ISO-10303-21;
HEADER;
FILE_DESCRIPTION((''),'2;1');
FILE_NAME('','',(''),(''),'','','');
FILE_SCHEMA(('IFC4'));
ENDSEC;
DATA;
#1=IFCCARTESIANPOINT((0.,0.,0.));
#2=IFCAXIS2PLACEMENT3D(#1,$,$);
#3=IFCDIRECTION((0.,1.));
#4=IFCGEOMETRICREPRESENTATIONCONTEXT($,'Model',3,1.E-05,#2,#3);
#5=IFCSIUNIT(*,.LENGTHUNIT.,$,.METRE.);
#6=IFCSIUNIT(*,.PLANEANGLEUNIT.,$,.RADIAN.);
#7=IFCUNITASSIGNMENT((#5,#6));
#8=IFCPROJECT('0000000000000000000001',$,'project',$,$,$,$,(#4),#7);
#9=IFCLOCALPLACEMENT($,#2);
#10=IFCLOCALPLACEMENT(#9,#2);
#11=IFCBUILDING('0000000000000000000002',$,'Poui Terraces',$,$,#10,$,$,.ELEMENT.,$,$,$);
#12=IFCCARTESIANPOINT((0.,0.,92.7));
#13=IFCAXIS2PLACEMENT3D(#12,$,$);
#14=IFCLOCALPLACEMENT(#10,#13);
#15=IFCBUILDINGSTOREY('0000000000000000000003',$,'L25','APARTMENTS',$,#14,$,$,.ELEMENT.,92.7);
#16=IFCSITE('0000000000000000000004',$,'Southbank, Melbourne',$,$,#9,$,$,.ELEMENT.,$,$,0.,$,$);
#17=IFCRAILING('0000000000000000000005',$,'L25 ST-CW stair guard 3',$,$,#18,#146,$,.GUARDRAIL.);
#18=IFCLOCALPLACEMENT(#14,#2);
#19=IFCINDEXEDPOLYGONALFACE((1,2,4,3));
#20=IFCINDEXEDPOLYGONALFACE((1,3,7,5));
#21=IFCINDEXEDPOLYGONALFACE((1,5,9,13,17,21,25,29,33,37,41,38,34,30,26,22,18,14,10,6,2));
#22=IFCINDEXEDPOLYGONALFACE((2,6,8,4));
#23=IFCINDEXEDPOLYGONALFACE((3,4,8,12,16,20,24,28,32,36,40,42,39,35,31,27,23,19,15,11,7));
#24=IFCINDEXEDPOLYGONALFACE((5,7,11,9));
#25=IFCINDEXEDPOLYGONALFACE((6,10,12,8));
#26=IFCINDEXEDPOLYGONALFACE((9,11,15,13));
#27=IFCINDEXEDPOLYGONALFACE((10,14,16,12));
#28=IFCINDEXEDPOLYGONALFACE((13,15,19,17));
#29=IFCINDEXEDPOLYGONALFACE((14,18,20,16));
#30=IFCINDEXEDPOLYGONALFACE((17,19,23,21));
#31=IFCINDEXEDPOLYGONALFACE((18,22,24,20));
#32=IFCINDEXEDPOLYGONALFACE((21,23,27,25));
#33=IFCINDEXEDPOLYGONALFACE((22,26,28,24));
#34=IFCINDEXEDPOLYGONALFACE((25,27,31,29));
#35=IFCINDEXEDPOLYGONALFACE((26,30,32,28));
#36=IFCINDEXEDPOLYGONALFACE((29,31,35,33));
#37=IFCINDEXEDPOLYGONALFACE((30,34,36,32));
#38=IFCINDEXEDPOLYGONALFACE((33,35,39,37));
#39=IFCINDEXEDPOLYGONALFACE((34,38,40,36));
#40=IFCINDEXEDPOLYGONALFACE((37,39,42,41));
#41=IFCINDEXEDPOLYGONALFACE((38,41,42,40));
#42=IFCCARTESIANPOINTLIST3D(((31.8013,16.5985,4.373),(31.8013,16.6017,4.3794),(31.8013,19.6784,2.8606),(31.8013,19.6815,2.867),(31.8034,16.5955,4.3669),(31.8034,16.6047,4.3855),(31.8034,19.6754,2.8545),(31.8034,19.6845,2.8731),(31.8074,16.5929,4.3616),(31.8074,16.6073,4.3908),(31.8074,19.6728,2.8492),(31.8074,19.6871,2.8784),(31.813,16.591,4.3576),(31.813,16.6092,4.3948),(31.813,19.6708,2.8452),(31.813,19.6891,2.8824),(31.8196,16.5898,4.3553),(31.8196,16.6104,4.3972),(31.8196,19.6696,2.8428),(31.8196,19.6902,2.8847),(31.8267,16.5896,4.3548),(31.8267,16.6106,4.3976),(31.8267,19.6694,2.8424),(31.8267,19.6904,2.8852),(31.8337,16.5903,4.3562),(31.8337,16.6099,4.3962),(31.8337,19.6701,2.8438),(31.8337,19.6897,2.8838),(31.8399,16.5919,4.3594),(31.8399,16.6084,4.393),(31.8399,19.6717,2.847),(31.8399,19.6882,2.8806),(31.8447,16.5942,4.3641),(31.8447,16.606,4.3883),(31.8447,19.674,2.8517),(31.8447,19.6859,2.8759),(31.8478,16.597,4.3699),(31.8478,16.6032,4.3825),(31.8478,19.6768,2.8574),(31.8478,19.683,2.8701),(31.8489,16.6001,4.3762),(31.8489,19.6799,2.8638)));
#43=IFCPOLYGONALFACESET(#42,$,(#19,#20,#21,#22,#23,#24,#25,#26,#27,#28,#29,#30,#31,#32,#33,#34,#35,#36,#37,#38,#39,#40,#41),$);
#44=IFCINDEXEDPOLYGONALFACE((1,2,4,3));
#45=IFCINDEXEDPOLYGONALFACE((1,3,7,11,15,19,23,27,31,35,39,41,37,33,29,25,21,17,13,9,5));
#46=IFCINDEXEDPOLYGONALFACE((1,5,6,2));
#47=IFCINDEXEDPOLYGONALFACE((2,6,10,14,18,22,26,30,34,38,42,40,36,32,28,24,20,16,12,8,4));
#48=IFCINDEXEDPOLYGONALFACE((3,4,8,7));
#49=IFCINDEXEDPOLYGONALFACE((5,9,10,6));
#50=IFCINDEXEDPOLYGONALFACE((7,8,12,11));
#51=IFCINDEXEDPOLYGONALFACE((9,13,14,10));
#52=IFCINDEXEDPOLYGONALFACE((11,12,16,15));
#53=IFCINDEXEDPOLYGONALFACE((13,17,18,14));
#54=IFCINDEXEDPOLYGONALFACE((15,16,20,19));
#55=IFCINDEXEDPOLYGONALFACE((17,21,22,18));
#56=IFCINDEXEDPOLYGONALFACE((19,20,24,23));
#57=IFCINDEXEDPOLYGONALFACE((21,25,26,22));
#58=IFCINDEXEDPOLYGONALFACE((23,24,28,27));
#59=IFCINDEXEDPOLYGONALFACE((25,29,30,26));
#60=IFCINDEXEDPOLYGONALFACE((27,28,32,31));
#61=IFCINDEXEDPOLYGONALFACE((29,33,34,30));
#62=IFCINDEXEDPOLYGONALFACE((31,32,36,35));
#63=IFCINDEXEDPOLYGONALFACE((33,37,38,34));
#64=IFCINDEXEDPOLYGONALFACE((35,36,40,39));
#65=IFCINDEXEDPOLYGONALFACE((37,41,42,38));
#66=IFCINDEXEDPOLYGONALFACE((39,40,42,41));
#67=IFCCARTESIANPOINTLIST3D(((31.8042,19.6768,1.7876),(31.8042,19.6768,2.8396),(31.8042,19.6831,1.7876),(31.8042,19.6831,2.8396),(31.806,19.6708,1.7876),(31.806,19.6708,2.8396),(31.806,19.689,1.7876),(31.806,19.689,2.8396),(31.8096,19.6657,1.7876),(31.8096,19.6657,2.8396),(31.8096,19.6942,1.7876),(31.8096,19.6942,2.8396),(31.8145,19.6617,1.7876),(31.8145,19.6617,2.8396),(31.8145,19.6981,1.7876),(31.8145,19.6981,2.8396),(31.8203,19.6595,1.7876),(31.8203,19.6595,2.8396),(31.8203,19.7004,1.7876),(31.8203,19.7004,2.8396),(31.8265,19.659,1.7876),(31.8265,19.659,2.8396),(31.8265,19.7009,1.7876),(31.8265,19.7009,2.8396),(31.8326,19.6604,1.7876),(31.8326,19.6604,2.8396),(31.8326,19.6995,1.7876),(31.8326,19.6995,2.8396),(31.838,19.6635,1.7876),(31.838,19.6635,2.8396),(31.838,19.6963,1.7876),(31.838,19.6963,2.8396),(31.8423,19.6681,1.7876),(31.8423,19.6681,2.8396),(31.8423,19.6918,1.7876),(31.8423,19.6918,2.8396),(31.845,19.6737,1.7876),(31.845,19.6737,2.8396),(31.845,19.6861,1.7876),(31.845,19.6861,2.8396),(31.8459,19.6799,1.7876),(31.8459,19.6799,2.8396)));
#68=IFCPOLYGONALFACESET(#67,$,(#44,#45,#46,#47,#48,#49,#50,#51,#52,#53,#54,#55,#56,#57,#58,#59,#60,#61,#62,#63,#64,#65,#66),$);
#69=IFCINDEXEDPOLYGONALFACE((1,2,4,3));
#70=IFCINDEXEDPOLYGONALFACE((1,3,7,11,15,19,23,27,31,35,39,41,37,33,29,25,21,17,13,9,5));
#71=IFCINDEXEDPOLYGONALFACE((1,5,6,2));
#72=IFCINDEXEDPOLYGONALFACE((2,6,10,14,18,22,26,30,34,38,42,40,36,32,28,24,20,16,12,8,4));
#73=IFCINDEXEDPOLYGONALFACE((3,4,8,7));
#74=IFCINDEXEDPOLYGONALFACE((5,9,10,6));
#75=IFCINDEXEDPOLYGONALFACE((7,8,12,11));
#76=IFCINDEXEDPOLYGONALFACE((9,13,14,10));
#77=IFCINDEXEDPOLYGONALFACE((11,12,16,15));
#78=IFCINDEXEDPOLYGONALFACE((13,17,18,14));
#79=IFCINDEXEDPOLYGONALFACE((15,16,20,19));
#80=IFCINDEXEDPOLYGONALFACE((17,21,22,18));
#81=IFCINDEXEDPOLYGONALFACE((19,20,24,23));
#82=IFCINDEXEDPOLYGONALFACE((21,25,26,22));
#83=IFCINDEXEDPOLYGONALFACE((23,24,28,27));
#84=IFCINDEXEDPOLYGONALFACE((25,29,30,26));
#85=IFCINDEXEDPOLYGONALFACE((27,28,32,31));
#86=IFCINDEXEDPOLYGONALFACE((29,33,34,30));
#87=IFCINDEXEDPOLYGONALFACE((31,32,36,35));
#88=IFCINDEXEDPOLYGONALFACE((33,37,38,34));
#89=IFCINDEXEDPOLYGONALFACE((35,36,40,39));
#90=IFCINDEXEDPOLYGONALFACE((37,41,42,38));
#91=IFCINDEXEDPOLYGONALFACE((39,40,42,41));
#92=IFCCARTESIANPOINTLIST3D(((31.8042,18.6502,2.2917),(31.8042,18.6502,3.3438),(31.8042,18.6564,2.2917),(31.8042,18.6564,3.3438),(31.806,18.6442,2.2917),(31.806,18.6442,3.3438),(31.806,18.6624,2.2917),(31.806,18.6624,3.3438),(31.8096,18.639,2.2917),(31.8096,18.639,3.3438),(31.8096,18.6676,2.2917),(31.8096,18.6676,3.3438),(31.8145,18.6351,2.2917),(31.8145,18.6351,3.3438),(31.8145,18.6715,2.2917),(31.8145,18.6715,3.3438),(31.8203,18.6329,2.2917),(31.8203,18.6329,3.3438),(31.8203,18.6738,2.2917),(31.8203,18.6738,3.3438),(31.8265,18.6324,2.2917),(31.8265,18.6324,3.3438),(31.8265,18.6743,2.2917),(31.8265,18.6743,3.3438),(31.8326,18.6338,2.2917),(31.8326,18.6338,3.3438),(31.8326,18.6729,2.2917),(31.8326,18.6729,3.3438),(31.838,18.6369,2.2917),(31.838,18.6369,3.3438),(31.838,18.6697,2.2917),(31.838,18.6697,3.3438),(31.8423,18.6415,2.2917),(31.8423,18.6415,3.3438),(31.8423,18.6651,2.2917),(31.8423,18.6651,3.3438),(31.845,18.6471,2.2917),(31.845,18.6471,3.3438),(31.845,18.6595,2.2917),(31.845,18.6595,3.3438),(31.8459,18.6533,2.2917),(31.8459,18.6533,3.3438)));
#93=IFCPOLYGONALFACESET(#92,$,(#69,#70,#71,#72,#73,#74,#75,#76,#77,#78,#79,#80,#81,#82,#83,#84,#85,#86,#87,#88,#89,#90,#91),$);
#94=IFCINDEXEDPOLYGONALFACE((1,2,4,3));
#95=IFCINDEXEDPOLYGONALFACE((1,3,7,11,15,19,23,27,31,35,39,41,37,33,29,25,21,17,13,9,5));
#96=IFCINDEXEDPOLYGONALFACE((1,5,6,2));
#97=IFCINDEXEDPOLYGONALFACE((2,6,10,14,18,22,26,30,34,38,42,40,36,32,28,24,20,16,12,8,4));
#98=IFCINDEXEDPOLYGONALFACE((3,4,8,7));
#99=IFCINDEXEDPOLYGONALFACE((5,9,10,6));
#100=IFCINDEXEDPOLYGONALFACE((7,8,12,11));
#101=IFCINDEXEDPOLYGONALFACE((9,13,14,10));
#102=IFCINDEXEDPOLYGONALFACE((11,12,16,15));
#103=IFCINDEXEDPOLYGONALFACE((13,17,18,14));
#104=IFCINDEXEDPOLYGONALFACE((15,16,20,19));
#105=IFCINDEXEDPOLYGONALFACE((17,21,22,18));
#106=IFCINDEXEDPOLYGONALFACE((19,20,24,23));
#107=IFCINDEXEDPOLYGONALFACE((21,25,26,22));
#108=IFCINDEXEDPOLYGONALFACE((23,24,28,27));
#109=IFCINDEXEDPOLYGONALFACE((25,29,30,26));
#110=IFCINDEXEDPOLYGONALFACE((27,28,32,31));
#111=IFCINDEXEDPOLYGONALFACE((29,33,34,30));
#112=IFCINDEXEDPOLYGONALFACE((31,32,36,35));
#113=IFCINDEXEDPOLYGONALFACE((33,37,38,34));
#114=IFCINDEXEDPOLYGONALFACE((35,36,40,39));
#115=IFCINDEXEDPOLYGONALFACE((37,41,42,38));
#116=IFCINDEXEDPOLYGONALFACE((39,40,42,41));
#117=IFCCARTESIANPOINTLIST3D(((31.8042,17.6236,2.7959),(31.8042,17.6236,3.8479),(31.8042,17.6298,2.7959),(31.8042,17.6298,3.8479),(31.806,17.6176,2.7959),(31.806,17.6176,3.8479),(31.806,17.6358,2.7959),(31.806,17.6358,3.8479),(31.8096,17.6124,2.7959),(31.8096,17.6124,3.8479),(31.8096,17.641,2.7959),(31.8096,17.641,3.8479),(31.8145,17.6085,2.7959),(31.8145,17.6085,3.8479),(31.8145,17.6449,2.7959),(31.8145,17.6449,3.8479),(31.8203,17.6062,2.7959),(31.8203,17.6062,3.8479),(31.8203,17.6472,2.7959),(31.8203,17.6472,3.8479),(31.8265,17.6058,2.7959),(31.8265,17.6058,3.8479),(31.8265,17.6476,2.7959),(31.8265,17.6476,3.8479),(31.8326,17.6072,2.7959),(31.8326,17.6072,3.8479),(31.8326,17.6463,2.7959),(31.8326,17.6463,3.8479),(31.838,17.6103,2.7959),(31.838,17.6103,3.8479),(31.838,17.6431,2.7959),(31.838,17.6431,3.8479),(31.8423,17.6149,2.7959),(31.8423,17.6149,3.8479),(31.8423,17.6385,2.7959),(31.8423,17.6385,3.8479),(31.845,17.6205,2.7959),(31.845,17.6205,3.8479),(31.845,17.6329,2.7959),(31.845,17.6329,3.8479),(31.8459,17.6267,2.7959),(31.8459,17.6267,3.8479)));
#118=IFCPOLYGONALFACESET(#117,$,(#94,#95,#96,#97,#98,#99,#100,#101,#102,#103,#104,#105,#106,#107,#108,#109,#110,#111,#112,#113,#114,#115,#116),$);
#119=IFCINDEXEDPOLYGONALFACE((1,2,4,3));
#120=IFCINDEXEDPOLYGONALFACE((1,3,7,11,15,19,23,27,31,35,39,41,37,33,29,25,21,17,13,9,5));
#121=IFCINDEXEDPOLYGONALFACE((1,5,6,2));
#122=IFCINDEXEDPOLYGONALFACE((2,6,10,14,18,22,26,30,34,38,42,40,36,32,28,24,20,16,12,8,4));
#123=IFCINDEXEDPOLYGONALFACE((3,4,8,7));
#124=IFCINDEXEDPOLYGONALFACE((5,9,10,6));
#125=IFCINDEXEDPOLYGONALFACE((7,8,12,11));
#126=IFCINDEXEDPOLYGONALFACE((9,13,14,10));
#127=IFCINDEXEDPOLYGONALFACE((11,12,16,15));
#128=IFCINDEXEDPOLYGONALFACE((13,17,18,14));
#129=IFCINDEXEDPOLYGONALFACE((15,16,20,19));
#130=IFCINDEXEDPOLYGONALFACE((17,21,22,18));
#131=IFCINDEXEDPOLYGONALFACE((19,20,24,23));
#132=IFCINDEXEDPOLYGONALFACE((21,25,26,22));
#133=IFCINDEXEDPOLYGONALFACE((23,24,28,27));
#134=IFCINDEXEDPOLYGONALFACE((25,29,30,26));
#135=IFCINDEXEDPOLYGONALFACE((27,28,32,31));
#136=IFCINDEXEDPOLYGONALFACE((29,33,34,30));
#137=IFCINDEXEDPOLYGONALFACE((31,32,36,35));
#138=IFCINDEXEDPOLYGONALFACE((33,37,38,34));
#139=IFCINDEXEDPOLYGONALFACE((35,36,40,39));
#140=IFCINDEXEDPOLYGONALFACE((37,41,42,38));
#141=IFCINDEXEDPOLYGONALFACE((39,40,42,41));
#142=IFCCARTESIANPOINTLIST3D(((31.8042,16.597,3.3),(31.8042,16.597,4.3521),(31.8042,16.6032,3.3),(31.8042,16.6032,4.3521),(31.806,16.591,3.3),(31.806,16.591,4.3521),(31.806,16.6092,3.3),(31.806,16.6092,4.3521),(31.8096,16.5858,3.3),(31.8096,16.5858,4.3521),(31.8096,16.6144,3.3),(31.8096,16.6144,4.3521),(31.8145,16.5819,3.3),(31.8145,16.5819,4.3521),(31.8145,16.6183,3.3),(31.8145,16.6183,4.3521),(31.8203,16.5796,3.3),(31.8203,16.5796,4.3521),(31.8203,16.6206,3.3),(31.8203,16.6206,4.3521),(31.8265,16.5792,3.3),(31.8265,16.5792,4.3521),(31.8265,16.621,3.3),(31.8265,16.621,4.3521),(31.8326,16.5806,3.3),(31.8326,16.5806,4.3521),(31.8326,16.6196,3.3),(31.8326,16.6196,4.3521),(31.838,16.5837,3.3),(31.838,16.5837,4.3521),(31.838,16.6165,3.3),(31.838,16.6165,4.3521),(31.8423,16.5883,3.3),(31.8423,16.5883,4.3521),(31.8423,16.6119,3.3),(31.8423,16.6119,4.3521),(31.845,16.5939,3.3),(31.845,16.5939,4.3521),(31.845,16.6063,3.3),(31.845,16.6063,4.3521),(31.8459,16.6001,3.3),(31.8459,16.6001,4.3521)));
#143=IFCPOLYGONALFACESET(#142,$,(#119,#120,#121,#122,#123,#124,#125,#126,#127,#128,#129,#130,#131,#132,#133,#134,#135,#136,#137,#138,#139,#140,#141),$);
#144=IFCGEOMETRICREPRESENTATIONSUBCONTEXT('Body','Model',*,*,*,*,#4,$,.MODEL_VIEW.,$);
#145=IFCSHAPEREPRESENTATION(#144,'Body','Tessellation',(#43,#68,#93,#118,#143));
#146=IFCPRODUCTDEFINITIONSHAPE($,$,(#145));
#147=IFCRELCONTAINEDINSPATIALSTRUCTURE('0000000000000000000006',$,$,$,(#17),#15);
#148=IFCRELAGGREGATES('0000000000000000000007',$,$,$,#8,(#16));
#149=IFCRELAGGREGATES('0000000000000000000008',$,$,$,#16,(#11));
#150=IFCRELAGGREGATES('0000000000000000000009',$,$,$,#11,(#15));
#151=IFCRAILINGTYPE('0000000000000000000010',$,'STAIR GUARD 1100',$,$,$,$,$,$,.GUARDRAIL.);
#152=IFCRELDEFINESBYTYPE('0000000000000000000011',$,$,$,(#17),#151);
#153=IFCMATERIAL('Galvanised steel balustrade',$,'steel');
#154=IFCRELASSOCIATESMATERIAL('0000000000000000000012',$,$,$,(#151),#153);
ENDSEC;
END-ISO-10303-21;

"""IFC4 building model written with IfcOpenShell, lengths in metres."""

from ifc_helpers import new_model, si_unit, direction, frame, origin, origin_2d, place, context, subcontext, project, spatial, circle, extrude, material, type_object, element, save


model = new_model("IFC4")

# Units and contexts
model_context = context("Model", 3, precision=1e-05, world=origin(), true_north=direction((0.0, 1.0)))
body_context = subcontext(model_context, "Body", "Model", "MODEL_VIEW")
ifc_project = project(units=[si_unit("LENGTHUNIT", "METRE"), si_unit("PLANEANGLEUNIT", "RADIAN")], contexts=[model_context])

# Site, building, storey
site_placement = place(None, origin())
site = spatial("IfcSite", under=ifc_project, at=site_placement, Name="Southbank, Melbourne", CompositionType="ELEMENT", RefElevation=0.0)
building_placement = place(site_placement, origin())
building = spatial("IfcBuilding", under=site, at=building_placement, Name="Poui Terraces", CompositionType="ELEMENT")
storey_placement = place(building_placement, frame((0.0, 0.0, 92.7)))
storey = spatial("IfcBuildingStorey", under=building, at=storey_placement, Name="L25", Description="APARTMENTS", CompositionType="ELEMENT", Elevation=92.7)

# Railing
ifc_material_1 = material(Name="Galvanised steel balustrade", Category="steel")
railing_type_1 = type_object("IfcRailingType", Name="STAIR GUARD 1100", PredefinedType="GUARDRAIL", material=ifc_material_1)
railing_1_placement = place(storey_placement, frame((31.825, 19.6799, 1.7876)))
element("IfcRailing", 1, at=railing_1_placement, inside=storey, type_object=railing_type_1, Name="L25 ST-CW stair guard 3", PredefinedType="GUARDRAIL", context=body_context, shape_type="SweptSolid", body=[
    extrude(circle(Radius=0.0239, at=origin_2d()), frame((0.0, 0.0, 1.0762), z_axis=(0.0, -0.897606, 0.440798), x_axis=(1.0, 0.0, 0.0)), (0.0, 0.0, 1.0), 3.4312),
    extrude(circle(Radius=0.021, at=origin_2d()), origin(), (0.0, 0.0, 1.0), 1.052),
    extrude(circle(Radius=0.021, at=origin_2d()), frame((0.0, -1.0266, 0.5042)), (0.0, 0.0, 1.0), 1.052),
    extrude(circle(Radius=0.021, at=origin_2d()), frame((0.0, -2.0532, 1.0083)), (0.0, 0.0, 1.0), 1.052),
    extrude(circle(Radius=0.021, at=origin_2d()), frame((0.0, -3.0798, 1.5125)), (0.0, 0.0, 1.0), 1.052),
])

save(model, "model.ifc")
